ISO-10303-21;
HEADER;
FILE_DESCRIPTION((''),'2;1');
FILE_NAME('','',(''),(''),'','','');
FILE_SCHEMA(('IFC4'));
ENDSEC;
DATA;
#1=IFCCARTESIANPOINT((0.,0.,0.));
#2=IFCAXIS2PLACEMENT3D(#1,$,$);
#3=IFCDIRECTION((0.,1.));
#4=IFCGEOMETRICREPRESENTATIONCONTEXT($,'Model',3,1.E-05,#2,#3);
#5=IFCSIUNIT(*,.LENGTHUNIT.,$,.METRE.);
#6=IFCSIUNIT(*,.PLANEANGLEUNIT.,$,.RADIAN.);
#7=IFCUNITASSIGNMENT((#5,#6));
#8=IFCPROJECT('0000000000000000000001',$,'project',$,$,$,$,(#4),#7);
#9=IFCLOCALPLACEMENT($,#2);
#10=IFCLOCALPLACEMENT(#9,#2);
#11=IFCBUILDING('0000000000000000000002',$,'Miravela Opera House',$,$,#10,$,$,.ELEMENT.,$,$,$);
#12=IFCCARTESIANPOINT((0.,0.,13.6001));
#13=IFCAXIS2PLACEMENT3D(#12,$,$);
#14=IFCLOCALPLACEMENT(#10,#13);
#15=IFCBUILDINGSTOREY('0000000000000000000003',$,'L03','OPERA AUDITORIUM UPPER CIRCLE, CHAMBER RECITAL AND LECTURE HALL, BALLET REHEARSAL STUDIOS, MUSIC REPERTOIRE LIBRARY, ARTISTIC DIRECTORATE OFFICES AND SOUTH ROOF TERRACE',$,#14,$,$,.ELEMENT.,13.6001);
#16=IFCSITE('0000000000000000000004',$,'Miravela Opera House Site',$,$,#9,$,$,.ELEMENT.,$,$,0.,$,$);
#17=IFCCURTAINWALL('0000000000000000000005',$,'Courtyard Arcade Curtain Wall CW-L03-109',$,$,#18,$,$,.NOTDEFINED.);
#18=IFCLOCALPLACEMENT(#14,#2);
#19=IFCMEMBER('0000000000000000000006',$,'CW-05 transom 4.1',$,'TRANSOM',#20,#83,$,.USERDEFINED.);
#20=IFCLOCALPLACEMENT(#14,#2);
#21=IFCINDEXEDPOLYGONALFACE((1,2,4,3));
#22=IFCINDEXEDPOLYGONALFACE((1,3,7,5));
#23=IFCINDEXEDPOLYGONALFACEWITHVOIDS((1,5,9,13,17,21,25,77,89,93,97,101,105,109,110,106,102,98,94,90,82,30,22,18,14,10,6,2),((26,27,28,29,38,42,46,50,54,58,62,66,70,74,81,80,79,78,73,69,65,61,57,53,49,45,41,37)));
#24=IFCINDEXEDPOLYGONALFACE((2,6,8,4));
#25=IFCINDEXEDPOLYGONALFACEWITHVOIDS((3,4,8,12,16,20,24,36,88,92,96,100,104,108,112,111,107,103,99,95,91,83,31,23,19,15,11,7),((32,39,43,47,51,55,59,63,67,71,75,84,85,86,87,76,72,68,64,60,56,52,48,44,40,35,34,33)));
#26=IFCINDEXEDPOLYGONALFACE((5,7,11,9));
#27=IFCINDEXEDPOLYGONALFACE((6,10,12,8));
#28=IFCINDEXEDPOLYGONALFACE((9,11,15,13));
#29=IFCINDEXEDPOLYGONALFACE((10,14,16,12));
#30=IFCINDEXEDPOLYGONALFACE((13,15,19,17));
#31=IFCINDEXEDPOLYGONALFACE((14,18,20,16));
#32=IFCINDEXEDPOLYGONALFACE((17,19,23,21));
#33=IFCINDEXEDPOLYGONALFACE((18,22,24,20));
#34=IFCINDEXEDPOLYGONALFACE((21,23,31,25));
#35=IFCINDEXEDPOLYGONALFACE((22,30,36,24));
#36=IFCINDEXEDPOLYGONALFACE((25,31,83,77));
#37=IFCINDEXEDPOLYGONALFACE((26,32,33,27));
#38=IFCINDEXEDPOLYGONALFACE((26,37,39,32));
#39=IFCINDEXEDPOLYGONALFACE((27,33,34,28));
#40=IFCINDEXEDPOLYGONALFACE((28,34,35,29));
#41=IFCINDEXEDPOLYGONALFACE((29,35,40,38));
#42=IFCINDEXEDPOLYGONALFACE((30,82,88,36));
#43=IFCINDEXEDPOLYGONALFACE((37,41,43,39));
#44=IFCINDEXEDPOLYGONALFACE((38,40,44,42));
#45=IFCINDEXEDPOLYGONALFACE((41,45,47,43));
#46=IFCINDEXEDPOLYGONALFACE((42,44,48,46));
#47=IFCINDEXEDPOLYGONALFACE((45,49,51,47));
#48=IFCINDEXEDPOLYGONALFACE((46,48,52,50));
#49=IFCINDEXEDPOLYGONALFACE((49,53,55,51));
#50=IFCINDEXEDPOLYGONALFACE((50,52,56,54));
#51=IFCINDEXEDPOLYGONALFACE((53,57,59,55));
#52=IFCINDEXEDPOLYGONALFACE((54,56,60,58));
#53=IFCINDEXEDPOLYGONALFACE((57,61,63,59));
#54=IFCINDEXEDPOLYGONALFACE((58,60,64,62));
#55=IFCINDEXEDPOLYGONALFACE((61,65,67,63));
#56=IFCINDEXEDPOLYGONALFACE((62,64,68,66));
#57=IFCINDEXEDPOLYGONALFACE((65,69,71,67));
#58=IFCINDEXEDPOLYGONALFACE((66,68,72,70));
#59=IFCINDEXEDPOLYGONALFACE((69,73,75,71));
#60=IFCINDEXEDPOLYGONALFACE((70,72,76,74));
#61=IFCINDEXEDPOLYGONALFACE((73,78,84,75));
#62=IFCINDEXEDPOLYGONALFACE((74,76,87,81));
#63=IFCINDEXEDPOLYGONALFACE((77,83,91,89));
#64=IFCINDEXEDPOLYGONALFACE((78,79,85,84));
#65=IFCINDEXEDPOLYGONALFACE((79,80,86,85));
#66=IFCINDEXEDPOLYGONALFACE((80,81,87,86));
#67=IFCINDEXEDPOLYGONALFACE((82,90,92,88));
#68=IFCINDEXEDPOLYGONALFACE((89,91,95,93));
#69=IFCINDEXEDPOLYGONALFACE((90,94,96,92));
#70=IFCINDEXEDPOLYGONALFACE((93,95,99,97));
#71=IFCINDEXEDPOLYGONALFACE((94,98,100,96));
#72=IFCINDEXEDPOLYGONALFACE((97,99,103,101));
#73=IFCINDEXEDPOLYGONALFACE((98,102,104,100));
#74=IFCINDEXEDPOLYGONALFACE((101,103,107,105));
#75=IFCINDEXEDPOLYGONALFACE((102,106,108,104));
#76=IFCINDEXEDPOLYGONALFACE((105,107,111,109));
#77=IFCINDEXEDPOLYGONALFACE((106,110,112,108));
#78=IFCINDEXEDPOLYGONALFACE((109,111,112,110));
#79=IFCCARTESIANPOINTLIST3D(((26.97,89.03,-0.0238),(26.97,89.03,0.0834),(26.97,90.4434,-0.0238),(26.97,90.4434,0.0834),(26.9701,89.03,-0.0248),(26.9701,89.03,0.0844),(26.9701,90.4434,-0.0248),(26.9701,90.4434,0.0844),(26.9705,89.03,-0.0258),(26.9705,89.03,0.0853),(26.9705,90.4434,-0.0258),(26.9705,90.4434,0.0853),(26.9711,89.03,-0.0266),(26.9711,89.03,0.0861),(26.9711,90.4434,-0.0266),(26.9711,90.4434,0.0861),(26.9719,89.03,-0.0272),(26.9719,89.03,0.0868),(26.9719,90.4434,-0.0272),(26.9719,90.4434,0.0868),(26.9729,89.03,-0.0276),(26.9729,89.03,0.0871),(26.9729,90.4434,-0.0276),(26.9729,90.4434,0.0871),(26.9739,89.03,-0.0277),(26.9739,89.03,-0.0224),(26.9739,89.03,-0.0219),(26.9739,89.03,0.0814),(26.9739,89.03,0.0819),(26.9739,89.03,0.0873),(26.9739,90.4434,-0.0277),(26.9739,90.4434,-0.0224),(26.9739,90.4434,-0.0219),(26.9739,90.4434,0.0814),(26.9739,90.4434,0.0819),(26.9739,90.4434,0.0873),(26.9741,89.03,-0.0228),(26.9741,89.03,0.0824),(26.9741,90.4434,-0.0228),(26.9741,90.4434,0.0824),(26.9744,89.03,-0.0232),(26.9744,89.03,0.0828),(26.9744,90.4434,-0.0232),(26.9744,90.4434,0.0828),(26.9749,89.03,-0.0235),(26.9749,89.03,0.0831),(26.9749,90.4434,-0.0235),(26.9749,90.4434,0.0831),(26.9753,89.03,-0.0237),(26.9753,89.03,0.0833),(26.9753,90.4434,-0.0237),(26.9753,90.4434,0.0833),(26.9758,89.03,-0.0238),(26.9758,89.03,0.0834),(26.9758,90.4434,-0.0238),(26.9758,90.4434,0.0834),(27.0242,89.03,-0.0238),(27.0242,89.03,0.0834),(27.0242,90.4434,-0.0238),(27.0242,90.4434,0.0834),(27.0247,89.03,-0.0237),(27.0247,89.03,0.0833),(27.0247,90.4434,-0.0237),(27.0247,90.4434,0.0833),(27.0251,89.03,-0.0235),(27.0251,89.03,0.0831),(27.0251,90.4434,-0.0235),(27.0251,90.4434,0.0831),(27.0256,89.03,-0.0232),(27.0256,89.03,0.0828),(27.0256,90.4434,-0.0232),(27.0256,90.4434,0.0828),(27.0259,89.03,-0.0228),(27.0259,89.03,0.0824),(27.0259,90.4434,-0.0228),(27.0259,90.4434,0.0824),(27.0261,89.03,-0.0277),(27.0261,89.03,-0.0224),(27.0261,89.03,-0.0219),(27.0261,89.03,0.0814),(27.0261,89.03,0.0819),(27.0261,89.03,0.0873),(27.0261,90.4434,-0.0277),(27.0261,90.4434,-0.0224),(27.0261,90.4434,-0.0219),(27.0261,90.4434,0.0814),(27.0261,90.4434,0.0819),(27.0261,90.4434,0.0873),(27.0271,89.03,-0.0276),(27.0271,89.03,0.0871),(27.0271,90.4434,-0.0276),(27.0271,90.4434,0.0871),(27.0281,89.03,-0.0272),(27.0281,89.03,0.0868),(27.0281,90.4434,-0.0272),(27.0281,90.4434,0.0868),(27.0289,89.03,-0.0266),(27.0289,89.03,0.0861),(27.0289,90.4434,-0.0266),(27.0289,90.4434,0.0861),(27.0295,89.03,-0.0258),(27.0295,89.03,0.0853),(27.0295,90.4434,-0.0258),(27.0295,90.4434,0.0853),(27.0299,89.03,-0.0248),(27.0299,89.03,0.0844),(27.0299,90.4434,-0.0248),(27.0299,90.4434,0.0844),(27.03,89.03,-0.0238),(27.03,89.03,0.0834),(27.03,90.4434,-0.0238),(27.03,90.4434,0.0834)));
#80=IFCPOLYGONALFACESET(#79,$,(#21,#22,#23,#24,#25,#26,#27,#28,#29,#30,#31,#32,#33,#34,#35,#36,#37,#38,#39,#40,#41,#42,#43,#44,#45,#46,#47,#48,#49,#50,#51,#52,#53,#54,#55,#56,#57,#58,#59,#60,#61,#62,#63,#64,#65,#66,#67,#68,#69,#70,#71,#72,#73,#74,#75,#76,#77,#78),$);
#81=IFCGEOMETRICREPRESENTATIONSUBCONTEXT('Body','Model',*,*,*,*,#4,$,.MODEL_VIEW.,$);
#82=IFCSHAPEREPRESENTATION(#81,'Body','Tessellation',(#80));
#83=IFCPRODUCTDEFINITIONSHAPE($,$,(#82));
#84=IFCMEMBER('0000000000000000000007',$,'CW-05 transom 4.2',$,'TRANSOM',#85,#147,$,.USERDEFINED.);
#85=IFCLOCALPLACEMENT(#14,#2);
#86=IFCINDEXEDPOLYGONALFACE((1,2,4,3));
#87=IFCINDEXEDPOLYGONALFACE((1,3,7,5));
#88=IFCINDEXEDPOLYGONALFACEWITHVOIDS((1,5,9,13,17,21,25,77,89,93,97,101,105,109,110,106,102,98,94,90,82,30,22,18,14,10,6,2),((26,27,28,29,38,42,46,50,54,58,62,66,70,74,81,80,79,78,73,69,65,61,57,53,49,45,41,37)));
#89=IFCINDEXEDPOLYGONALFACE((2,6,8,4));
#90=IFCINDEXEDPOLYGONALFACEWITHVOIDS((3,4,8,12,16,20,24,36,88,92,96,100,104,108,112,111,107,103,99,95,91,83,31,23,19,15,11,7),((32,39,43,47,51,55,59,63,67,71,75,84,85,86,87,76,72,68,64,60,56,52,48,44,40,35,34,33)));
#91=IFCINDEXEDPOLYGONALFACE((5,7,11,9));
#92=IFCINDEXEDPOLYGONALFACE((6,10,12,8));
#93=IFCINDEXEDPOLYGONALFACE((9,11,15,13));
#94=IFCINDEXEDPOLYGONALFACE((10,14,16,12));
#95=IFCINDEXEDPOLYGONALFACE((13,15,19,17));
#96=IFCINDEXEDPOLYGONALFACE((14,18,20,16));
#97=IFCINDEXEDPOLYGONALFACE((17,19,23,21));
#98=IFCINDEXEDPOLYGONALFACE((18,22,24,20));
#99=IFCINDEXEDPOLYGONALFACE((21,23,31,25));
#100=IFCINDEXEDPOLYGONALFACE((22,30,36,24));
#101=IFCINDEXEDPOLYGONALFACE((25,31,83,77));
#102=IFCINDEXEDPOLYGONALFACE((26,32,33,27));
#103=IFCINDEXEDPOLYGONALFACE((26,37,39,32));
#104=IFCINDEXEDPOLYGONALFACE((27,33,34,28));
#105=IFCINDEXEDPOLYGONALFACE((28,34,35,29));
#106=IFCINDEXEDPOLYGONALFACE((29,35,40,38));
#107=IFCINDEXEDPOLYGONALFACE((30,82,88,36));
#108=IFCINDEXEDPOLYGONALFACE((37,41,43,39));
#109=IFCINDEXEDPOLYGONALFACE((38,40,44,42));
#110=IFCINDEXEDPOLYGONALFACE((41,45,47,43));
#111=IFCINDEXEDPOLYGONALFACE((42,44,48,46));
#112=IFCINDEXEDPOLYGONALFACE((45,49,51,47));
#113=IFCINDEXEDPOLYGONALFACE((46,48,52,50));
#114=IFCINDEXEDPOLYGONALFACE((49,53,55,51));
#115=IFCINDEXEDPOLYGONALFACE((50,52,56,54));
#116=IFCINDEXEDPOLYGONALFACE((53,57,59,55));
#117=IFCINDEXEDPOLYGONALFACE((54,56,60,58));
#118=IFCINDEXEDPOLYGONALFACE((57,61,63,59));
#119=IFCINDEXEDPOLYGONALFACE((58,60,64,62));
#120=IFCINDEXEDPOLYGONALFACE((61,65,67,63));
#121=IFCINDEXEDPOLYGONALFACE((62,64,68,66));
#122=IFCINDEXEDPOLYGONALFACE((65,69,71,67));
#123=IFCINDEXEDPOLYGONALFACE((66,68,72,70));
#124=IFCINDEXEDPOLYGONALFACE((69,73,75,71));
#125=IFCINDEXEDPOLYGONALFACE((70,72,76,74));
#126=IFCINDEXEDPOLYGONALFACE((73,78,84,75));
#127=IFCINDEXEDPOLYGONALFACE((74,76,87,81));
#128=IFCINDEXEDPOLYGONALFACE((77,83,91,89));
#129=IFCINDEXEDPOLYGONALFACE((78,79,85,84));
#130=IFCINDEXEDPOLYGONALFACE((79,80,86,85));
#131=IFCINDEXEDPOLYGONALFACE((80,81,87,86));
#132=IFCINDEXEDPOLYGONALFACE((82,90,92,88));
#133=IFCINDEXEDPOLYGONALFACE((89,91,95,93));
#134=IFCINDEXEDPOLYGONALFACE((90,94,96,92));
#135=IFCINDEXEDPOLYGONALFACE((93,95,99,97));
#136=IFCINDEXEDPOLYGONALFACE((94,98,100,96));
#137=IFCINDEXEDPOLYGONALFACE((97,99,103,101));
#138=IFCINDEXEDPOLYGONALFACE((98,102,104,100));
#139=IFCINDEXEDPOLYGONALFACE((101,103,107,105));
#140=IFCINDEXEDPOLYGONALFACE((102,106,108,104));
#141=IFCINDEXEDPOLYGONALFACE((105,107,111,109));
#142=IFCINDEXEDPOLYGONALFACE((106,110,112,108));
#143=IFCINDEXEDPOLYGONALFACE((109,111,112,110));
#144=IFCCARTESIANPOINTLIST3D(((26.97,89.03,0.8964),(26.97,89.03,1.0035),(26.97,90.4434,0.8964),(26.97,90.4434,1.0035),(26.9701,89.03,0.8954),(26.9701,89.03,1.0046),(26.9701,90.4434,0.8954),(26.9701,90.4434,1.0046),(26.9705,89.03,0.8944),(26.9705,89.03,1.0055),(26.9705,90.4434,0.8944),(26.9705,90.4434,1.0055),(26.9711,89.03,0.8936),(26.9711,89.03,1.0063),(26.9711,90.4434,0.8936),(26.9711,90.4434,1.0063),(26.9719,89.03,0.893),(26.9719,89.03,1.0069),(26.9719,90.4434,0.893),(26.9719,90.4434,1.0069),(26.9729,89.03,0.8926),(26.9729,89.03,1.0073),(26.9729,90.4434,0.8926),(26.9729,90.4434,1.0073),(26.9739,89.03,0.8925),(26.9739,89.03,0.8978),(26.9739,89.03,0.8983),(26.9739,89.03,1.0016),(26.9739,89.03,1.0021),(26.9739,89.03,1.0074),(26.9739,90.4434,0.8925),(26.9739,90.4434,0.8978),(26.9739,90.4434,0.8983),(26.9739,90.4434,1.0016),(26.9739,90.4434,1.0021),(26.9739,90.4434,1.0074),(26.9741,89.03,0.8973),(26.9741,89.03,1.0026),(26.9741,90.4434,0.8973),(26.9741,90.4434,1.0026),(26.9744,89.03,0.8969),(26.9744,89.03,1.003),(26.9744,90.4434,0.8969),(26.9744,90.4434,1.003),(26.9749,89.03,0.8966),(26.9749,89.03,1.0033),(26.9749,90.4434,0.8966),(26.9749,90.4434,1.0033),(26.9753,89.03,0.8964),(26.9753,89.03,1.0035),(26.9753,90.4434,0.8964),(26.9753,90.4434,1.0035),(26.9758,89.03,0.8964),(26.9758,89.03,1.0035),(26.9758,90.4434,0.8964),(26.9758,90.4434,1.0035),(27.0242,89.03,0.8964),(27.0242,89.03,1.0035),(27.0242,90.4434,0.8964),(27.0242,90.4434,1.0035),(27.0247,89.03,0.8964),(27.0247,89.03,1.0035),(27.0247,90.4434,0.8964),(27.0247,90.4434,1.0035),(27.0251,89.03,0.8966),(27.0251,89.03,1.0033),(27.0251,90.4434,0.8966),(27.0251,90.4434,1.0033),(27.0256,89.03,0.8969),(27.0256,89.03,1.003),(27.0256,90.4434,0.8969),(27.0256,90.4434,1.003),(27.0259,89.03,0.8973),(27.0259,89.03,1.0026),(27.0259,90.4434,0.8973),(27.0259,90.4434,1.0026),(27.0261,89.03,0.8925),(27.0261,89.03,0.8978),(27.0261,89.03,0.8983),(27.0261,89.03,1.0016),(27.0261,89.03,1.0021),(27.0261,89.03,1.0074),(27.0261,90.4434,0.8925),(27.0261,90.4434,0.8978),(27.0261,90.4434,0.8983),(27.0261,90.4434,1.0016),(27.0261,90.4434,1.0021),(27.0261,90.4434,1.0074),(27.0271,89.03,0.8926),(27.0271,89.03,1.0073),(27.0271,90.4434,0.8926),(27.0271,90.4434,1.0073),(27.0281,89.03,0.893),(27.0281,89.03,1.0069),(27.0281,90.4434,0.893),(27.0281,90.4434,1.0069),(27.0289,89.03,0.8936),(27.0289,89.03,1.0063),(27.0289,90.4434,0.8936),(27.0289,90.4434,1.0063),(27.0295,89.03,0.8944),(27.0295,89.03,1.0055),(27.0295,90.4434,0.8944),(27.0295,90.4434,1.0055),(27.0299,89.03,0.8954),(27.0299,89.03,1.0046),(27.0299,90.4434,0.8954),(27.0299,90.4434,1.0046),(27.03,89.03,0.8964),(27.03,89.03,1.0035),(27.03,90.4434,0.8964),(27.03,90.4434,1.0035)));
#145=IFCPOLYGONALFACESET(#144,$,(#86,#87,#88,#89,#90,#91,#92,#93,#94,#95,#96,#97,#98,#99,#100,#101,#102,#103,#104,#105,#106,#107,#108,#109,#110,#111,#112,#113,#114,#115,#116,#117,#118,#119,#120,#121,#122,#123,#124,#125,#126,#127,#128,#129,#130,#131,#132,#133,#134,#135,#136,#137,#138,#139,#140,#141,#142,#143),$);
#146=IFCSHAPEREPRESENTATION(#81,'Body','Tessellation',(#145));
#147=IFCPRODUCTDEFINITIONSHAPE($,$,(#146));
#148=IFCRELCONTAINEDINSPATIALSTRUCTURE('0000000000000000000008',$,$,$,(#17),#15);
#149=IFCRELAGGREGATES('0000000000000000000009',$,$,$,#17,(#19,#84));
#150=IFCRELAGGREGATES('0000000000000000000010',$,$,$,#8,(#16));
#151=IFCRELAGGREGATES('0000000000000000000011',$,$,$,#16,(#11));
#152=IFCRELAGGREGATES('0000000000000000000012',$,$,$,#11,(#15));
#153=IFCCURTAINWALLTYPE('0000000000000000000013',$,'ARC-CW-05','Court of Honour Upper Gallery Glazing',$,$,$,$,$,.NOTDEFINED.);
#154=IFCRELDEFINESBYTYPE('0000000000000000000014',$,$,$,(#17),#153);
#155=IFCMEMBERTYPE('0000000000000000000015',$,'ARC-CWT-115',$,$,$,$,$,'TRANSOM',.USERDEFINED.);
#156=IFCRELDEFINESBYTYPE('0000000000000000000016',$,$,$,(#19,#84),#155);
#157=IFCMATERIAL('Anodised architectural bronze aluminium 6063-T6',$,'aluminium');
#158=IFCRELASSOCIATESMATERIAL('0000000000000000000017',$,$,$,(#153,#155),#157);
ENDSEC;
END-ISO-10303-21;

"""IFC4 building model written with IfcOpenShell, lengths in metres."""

from ifc_helpers import new_model, si_unit, direction, frame, origin, origin_2d, place, context, subcontext, project, spatial, hollow_rectangle, extrude, material, material_profile, profile_set, type_object, element, aggregate, save


model = new_model("IFC4")

# Units and contexts
model_context = context("Model", 3, precision=1e-05, world=origin(), true_north=direction((0.0, 1.0)))
body_context = subcontext(model_context, "Body", "Model", "MODEL_VIEW")
ifc_project = project(units=[si_unit("LENGTHUNIT", "METRE"), si_unit("PLANEANGLEUNIT", "RADIAN")], contexts=[model_context])

# Site, building, storey
site_placement = place(None, origin())
site = spatial("IfcSite", under=ifc_project, at=site_placement, Name="Miravela Opera House Site", CompositionType="ELEMENT", RefElevation=0.0)
building_placement = place(site_placement, origin())
building = spatial("IfcBuilding", under=site, at=building_placement, Name="Miravela Opera House", CompositionType="ELEMENT")
storey_placement = place(building_placement, frame((0.0, 0.0, 13.6001)))
storey = spatial("IfcBuildingStorey", under=building, at=storey_placement, Name="L03", Description="OPERA AUDITORIUM UPPER CIRCLE, CHAMBER RECITAL AND LECTURE HALL, BALLET REHEARSAL STUDIOS, MUSIC REPERTOIRE LIBRARY, ARTISTIC DIRECTORATE OFFICES AND SOUTH ROOF TERRACE", CompositionType="ELEMENT", Elevation=13.6001)

# Curtain wall, members
ifc_material_1 = material(Name="Anodised architectural bronze aluminium 6063-T6", Category="aluminium")
curtain_wall_type = type_object("IfcCurtainWallType", Name="ARC-CW-05", Description="Court of Honour Upper Gallery Glazing", PredefinedType="NOTDEFINED", material=ifc_material_1)
curtain_wall_placement = place(storey_placement, origin())
curtain_wall = element("IfcCurtainWall", 1, at=curtain_wall_placement, inside=storey, type_object=curtain_wall_type, Name="Courtyard Arcade Curtain Wall CW-L03-109", PredefinedType="NOTDEFINED")
ifc_material_profile_1 = material_profile(ifc_material_1, hollow_rectangle(XDim=0.0601, YDim=0.115, WallThickness=0.0039, InnerFilletRadius=0.002, OuterFilletRadius=0.0039, at=origin_2d()), Name="CWT-60X115")
ifc_profile_set_1 = profile_set([ifc_material_profile_1])
member_type_1 = type_object("IfcMemberType", Name="ARC-CWT-115", ElementType="TRANSOM", PredefinedType="USERDEFINED", material=ifc_profile_set_1)
member_1_placement = place(storey_placement, frame((27.0, 89.03, 0.0298), z_axis=(0.0, 1.0, 0.0), x_axis=(-1.0, 0.0, 0.0)))
member_1 = element("IfcMember", 2, at=member_1_placement, type_object=member_type_1, Name="CW-05 transom 4.1", ObjectType="TRANSOM", PredefinedType="USERDEFINED", context=body_context, shape_type="SweptSolid", body=[
    extrude(hollow_rectangle(XDim=0.0601, YDim=0.115, WallThickness=0.0039, InnerFilletRadius=0.002, OuterFilletRadius=0.0039, at=origin_2d()), origin(), (0.0, 0.0, 1.0), 1.4133),
])
member_2_placement = place(storey_placement, frame((27.0, 89.03, 0.95), z_axis=(0.0, 1.0, 0.0), x_axis=(-1.0, 0.0, 0.0)))
member_2 = element("IfcMember", 3, at=member_2_placement, type_object=member_type_1, Name="CW-05 transom 4.2", ObjectType="TRANSOM", PredefinedType="USERDEFINED", context=body_context, shape_type="SweptSolid", body=[
    extrude(hollow_rectangle(XDim=0.0601, YDim=0.115, WallThickness=0.0039, InnerFilletRadius=0.002, OuterFilletRadius=0.0039, at=origin_2d()), origin(), (0.0, 0.0, 1.0), 1.4133),
])

aggregate(curtain_wall, [member_1, member_2])

save(model, "model.ifc")
